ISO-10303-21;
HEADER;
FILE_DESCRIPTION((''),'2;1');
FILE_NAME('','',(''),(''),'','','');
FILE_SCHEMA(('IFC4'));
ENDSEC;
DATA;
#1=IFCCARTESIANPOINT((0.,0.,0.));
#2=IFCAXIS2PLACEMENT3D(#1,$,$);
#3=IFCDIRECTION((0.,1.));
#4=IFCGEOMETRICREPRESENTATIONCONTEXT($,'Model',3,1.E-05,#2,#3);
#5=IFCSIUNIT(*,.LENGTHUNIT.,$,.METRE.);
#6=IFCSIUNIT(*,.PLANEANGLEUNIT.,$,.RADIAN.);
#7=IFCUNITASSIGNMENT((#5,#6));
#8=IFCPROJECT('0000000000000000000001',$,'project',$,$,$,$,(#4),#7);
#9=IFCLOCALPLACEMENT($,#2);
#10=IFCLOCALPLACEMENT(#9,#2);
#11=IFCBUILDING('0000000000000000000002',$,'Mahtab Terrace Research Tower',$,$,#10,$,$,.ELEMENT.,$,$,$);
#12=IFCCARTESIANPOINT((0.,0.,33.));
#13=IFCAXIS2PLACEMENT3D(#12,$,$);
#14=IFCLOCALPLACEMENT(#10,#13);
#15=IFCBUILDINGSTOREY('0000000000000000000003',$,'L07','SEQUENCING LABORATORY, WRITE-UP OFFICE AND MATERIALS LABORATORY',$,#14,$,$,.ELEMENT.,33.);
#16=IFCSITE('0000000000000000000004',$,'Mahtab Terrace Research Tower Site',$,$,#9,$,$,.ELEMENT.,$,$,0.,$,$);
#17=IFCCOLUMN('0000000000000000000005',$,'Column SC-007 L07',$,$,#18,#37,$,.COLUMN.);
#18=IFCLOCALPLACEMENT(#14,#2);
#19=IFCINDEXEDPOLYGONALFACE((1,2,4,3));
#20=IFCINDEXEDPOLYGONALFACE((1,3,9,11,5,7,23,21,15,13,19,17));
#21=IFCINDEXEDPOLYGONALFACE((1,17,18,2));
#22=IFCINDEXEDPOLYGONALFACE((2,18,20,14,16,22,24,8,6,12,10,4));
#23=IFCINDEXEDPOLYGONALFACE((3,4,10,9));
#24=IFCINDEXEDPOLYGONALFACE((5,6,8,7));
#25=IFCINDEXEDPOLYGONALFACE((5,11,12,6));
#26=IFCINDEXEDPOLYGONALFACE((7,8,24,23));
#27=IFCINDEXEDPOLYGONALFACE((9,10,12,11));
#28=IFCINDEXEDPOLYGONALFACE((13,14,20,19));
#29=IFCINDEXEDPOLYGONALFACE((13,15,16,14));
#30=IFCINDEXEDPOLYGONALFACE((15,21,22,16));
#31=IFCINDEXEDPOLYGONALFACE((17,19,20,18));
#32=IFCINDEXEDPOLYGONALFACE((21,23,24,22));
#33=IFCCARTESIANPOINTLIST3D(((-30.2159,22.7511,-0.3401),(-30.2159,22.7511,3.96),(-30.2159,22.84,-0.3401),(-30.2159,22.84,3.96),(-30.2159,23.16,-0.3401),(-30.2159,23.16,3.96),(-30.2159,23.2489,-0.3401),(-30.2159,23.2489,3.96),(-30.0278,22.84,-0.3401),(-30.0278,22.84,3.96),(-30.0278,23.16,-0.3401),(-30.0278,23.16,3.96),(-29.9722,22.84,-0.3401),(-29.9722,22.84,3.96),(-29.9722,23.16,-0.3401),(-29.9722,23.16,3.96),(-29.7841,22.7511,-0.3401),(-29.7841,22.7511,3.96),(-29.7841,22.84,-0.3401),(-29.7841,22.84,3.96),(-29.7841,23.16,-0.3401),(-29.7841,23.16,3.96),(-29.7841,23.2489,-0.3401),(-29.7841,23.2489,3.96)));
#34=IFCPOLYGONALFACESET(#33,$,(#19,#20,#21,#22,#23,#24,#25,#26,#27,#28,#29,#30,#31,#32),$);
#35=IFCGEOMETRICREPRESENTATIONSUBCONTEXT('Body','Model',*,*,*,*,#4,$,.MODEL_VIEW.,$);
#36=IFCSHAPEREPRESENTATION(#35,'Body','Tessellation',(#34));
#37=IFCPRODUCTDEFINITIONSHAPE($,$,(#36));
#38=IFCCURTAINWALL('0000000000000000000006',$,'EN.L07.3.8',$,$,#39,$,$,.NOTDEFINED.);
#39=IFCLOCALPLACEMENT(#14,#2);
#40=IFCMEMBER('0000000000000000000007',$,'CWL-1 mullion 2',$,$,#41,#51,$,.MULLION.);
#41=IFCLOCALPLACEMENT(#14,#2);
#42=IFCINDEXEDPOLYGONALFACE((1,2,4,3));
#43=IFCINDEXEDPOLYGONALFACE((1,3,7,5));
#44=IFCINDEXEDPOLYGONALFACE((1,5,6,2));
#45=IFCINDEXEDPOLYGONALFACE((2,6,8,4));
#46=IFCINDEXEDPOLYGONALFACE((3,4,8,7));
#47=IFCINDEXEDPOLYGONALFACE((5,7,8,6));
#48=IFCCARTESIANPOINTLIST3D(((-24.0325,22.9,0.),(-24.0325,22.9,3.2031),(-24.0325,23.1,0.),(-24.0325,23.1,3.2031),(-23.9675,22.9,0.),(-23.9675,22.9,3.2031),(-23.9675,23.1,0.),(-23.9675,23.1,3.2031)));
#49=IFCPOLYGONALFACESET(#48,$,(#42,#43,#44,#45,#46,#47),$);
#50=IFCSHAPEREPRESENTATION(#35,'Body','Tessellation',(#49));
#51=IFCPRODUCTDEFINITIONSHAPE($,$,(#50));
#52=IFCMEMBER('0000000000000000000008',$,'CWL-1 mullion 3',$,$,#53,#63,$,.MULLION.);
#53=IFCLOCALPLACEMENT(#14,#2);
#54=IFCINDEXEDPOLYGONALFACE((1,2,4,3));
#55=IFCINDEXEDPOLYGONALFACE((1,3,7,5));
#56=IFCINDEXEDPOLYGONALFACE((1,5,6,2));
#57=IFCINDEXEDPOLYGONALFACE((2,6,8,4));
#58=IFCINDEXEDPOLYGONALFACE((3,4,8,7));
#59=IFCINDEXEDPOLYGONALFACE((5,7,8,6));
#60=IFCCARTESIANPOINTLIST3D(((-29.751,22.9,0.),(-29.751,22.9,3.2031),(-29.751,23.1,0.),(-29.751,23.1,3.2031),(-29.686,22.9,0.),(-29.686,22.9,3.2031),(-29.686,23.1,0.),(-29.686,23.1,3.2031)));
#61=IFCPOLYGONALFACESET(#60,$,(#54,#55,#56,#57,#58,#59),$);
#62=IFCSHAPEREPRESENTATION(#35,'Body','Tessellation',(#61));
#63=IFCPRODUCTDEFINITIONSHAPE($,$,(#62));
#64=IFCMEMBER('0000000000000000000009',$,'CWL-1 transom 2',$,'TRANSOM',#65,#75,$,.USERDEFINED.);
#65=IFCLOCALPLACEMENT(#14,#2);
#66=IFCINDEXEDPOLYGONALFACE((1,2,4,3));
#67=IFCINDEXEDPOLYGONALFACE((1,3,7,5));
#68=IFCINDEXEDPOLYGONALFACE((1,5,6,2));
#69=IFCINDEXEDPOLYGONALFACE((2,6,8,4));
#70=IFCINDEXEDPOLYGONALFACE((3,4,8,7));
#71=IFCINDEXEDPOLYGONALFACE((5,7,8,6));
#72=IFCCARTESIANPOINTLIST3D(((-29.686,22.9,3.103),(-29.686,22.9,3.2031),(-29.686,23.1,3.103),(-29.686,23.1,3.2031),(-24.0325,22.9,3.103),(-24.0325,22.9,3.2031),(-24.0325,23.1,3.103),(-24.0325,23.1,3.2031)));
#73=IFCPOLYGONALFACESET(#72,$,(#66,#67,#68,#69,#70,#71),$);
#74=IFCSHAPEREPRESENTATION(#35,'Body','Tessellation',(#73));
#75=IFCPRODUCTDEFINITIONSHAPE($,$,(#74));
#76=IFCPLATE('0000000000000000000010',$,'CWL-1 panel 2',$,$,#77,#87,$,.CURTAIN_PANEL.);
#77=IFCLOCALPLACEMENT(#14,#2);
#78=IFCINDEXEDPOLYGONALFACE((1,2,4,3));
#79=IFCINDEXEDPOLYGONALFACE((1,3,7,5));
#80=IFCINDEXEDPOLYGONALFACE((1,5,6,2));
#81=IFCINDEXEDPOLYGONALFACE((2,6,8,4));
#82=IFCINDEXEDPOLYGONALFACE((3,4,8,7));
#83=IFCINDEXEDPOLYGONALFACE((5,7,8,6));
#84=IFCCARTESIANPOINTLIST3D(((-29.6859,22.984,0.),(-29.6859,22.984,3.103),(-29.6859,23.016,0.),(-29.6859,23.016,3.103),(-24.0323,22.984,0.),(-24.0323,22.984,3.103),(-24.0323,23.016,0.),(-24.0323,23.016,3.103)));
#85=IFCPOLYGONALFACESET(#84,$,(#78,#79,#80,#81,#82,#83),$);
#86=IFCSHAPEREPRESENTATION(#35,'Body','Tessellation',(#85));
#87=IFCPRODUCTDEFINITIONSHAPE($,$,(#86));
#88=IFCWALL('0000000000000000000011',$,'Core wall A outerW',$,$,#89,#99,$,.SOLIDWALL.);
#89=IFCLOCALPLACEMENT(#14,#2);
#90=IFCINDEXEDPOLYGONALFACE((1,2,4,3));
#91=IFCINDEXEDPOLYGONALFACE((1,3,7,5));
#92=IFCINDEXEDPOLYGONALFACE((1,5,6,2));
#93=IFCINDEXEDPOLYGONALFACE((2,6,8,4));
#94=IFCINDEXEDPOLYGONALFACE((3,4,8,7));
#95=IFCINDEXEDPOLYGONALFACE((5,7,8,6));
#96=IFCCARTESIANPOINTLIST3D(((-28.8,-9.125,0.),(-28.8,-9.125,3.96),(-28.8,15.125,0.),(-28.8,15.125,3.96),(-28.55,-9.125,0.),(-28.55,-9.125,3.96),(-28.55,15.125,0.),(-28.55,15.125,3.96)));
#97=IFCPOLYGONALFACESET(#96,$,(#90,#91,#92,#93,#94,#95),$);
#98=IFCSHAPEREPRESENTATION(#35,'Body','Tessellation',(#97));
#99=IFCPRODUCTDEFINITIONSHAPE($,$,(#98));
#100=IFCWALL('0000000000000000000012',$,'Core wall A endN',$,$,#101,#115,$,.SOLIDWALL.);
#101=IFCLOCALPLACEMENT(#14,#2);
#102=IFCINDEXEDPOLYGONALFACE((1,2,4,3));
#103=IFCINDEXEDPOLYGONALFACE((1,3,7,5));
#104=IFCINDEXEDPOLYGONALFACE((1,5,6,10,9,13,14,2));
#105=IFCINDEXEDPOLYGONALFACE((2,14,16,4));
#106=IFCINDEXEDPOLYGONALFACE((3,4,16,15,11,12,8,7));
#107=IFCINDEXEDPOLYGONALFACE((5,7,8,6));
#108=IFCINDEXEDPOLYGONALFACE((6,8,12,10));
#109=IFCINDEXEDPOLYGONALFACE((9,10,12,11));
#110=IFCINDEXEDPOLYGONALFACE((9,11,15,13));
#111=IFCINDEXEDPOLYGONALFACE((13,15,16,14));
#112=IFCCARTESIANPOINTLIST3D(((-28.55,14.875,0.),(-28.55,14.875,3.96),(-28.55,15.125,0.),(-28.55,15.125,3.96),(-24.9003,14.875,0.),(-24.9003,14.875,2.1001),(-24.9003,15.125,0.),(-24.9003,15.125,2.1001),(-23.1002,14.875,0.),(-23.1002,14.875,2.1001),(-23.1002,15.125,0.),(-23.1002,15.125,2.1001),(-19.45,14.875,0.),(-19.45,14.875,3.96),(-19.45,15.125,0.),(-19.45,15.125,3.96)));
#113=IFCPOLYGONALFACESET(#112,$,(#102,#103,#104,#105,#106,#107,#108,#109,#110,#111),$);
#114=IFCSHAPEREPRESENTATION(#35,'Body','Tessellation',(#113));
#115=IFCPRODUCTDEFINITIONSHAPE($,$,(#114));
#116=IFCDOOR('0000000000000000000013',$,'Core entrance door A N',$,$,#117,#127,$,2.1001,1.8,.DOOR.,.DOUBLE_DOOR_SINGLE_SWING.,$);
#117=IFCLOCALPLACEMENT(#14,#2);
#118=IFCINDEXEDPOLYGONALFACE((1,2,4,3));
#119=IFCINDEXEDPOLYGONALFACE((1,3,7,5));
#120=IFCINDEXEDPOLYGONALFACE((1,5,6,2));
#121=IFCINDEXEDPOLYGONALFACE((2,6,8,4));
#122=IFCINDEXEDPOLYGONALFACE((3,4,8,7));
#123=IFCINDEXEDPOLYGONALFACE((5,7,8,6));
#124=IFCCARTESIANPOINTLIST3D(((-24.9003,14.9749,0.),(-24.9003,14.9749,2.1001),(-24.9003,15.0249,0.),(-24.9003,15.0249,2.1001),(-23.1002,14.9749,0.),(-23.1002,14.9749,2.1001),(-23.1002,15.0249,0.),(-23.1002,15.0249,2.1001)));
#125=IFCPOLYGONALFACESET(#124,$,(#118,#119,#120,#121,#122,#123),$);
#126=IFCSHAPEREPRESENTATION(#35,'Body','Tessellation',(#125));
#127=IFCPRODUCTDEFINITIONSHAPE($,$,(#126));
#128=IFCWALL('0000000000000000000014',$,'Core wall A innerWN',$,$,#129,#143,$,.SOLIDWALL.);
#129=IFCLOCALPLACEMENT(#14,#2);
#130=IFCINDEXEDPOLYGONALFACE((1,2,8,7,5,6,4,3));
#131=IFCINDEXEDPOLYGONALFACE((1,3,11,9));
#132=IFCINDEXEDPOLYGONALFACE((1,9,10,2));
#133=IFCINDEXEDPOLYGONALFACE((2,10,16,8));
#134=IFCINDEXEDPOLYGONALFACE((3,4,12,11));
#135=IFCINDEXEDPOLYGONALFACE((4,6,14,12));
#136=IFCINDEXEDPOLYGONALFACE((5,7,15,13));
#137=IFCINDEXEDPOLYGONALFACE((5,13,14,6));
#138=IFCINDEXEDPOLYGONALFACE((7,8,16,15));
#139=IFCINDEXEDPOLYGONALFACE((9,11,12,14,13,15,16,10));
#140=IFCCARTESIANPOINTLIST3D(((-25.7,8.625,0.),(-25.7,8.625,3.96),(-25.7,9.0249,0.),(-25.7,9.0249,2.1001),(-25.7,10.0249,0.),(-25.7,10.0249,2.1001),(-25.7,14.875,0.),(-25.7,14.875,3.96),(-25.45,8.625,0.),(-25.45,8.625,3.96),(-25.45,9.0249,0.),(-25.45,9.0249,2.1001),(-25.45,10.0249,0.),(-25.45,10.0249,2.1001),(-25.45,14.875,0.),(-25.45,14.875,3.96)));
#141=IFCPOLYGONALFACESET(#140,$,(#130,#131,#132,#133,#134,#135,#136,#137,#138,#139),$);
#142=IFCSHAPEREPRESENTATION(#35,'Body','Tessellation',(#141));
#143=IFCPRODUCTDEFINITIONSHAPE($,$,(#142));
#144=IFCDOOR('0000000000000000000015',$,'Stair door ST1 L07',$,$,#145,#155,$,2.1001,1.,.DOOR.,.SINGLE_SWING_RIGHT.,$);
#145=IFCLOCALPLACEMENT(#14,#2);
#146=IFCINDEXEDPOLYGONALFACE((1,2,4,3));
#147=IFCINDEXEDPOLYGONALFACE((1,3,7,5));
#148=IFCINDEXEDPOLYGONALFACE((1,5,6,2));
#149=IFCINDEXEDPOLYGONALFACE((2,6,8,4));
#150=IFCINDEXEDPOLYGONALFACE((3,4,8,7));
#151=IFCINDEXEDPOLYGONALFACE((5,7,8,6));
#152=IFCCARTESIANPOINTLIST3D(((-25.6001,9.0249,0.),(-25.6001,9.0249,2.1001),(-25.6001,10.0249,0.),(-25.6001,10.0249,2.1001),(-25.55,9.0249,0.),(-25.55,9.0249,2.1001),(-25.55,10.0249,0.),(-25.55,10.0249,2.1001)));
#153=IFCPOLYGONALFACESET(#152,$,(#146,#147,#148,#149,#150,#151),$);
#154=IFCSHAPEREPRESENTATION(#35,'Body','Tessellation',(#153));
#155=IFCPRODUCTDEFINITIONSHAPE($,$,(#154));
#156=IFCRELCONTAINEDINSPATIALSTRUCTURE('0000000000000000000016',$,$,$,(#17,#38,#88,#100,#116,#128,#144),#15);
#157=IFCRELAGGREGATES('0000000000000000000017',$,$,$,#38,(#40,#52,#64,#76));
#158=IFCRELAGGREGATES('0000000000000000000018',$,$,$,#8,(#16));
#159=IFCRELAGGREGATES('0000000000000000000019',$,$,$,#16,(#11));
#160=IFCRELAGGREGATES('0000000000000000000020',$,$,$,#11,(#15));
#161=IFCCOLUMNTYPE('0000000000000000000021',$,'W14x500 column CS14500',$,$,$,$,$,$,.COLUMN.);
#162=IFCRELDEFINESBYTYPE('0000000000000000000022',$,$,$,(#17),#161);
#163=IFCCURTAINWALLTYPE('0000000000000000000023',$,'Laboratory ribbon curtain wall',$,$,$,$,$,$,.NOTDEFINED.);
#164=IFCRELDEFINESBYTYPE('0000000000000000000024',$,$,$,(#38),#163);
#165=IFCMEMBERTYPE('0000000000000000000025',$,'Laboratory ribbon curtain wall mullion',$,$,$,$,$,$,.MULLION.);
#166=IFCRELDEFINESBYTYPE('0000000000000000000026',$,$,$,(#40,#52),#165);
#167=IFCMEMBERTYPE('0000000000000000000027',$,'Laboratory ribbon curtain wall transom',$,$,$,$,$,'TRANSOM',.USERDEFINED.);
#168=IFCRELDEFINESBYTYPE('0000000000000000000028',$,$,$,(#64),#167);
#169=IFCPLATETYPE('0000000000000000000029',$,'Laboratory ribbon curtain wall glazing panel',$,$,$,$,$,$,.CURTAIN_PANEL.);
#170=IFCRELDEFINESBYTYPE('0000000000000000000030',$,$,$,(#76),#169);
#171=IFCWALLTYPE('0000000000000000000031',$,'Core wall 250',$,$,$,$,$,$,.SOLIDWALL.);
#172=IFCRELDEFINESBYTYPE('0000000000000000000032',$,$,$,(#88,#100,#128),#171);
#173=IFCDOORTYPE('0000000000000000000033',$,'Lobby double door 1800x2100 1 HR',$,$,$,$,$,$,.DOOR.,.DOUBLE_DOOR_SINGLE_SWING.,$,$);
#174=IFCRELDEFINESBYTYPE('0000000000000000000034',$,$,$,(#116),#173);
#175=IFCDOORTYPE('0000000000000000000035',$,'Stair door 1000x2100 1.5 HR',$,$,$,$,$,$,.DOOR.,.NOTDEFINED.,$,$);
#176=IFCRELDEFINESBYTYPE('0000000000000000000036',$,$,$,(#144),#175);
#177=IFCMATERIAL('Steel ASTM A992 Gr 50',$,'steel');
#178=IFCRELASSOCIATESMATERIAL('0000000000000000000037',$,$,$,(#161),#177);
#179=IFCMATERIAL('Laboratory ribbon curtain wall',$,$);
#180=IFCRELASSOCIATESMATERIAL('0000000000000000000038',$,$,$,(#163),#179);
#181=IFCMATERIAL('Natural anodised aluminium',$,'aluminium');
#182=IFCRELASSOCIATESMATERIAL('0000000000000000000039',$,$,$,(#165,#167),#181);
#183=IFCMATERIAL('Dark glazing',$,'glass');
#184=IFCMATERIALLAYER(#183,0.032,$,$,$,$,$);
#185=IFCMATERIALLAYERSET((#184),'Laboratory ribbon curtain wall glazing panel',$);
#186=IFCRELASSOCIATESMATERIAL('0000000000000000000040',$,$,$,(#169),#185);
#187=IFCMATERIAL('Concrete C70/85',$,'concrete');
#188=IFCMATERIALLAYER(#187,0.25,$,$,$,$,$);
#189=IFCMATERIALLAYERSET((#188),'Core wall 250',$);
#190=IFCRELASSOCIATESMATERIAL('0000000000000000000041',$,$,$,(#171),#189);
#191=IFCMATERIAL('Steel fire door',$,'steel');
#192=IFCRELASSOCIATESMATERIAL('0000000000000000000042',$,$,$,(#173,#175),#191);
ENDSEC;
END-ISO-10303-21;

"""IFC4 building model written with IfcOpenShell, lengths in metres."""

from ifc_helpers import new_model, si_unit, direction, frame, frame_2d, origin, origin_2d, place, context, subcontext, project, spatial, rectangle, i_section, extrude, material, layer, layer_set, material_profile, profile_set, type_object, element, fill, aggregate, save


model = new_model("IFC4")

# Units and contexts
model_context = context("Model", 3, precision=1e-05, world=origin(), true_north=direction((0.0, 1.0)))
body_context = subcontext(model_context, "Body", "Model", "MODEL_VIEW")
ifc_project = project(units=[si_unit("LENGTHUNIT", "METRE"), si_unit("PLANEANGLEUNIT", "RADIAN")], contexts=[model_context])

# Site, building, storey
site_placement = place(None, origin())
site = spatial("IfcSite", under=ifc_project, at=site_placement, Name="Mahtab Terrace Research Tower Site", CompositionType="ELEMENT", RefElevation=0.0)
building_placement = place(site_placement, origin())
building = spatial("IfcBuilding", under=site, at=building_placement, Name="Mahtab Terrace Research Tower", CompositionType="ELEMENT")
storey_placement = place(building_placement, frame((0.0, 0.0, 33.0)))
storey = spatial("IfcBuildingStorey", under=building, at=storey_placement, Name="L07", Description="SEQUENCING LABORATORY, WRITE-UP OFFICE AND MATERIALS LABORATORY", CompositionType="ELEMENT", Elevation=33.0)

# Column
ifc_material_1 = material(Name="Steel ASTM A992 Gr 50", Category="steel")
ifc_material_profile_1 = material_profile(ifc_material_1, i_section(OverallWidth=0.4319, OverallDepth=0.4978, WebThickness=0.0557, FlangeThickness=0.0889, at=origin_2d()), Name="W14X500")
ifc_profile_set_1 = profile_set([ifc_material_profile_1], Name="Steel ASTM A992 Gr 50")
column_type = type_object("IfcColumnType", Name="W14x500 column CS14500", PredefinedType="COLUMN", material=ifc_profile_set_1)
column_placement = place(storey_placement, frame((-30.0, 23.0, -0.3401), z_axis=(0.0, 0.0, 1.0), x_axis=(1.0, 0.0, 0.0)))
element("IfcColumn", 1, at=column_placement, inside=storey, type_object=column_type, Name="Column SC-007 L07", PredefinedType="COLUMN", context=body_context, shape_type="SweptSolid", body=[
    extrude(i_section(OverallWidth=0.4319, OverallDepth=0.4978, WebThickness=0.0557, FlangeThickness=0.0889, at=origin_2d()), origin(), (0.0, 0.0, 1.0), 4.3),
])

# Curtain wall, members, plate
ifc_material_2 = material(Name="Laboratory ribbon curtain wall")
curtain_wall_type = type_object("IfcCurtainWallType", Name="Laboratory ribbon curtain wall", PredefinedType="NOTDEFINED", material=ifc_material_2)
curtain_wall_placement = place(storey_placement, origin())
curtain_wall = element("IfcCurtainWall", 2, at=curtain_wall_placement, inside=storey, type_object=curtain_wall_type, Name="EN.L07.3.8", PredefinedType="NOTDEFINED")
ifc_material_3 = material(Name="Natural anodised aluminium", Category="aluminium")
ifc_material_profile_2 = material_profile(ifc_material_3, rectangle(XDim=0.2, YDim=0.0649, at=origin_2d()), Name="MULLION 65x200")
ifc_profile_set_2 = profile_set([ifc_material_profile_2], Name="Natural anodised aluminium")
member_type_1 = type_object("IfcMemberType", Name="Laboratory ribbon curtain wall mullion", PredefinedType="MULLION", material=ifc_profile_set_2)
member_1_placement = place(storey_placement, frame((-24.0, 23.0, 0.0), z_axis=(0.0, 0.0, 1.0), x_axis=(0.0, -1.0, 0.0)))
member_1 = element("IfcMember", 3, at=member_1_placement, type_object=member_type_1, Name="CWL-1 mullion 2", PredefinedType="MULLION", context=body_context, shape_type="SweptSolid", body=[
    extrude(rectangle(XDim=0.2, YDim=0.0649, at=origin_2d()), origin(), (0.0, 0.0, 1.0), 3.2031),
])
member_2_placement = place(storey_placement, frame((-29.7185, 23.0, 0.0), z_axis=(0.0, 0.0, 1.0), x_axis=(0.0, -1.0, 0.0)))
member_2 = element("IfcMember", 4, at=member_2_placement, type_object=member_type_1, Name="CWL-1 mullion 3", PredefinedType="MULLION", context=body_context, shape_type="SweptSolid", body=[
    extrude(rectangle(XDim=0.2, YDim=0.0649, at=origin_2d()), origin(), (0.0, 0.0, 1.0), 3.2031),
])
ifc_material_profile_3 = material_profile(ifc_material_3, rectangle(XDim=0.2, YDim=0.1001, at=origin_2d()), Name="TRANSOM 100x200")
ifc_profile_set_3 = profile_set([ifc_material_profile_3], Name="Natural anodised aluminium")
member_type_2 = type_object("IfcMemberType", Name="Laboratory ribbon curtain wall transom", ElementType="TRANSOM", PredefinedType="USERDEFINED", material=ifc_profile_set_3)
member_3_placement = place(storey_placement, frame((-24.0325, 23.0, 3.1531), z_axis=(-1.0, 0.0, 0.0), x_axis=(0.0, -1.0, 0.0)))
member_3 = element("IfcMember", 5, at=member_3_placement, type_object=member_type_2, Name="CWL-1 transom 2", ObjectType="TRANSOM", PredefinedType="USERDEFINED", context=body_context, shape_type="SweptSolid", body=[
    extrude(rectangle(XDim=0.2, YDim=0.1001, at=origin_2d()), origin(), (0.0, 0.0, 1.0), 5.6536),
])
ifc_material_4 = material(Name="Dark glazing", Category="glass")
ifc_layer_1 = layer(ifc_material_4, 0.032)
ifc_layer_set_1 = layer_set([ifc_layer_1], Name="Laboratory ribbon curtain wall glazing panel")
plate_type = type_object("IfcPlateType", Name="Laboratory ribbon curtain wall glazing panel", PredefinedType="CURTAIN_PANEL", material=ifc_layer_set_1)
plate_placement = place(storey_placement, frame((-26.8591, 23.0, 0.0), z_axis=(0.0, 0.0, 1.0), x_axis=(-1.0, 0.0, 0.0)))
plate = element("IfcPlate", 6, at=plate_placement, type_object=plate_type, Name="CWL-1 panel 2", PredefinedType="CURTAIN_PANEL", context=body_context, shape_type="SweptSolid", body=[
    extrude(rectangle(XDim=5.6536, YDim=0.032, at=origin_2d()), origin(), (0.0, 0.0, 1.0), 3.103),
])
aggregate(curtain_wall, [member_1, member_2, member_3, plate])

# Wall
ifc_material_5 = material(Name="Concrete C70/85", Category="concrete")
ifc_layer_2 = layer(ifc_material_5, 0.25)
ifc_layer_set_2 = layer_set([ifc_layer_2], Name="Core wall 250")
wall_type_1 = type_object("IfcWallType", Name="Core wall 250", PredefinedType="SOLIDWALL", material=ifc_layer_set_2)
wall_1_placement = place(storey_placement, frame((-28.675, 15.125, 0.0), z_axis=(0.0, 0.0, 1.0), x_axis=(0.0, -1.0, 0.0)))
element("IfcWall", 7, at=wall_1_placement, inside=storey, type_object=wall_type_1, Name="Core wall A outerW", PredefinedType="SOLIDWALL", context=body_context, shape_type="SweptSolid", body=[
    extrude(rectangle(XDim=24.25, YDim=0.25, at=frame_2d((12.125, 0.0))), origin(), (0.0, 0.0, 1.0), 3.96),
])

# Walls, openings, doors
wall_2_placement = place(storey_placement, frame((-28.55, 15.0, 0.0), z_axis=(0.0, 0.0, 1.0), x_axis=(1.0, 0.0, 0.0)))
wall_2 = element("IfcWall", 8, at=wall_2_placement, inside=storey, type_object=wall_type_1, Name="Core wall A endN", PredefinedType="SOLIDWALL", context=body_context, shape_type="SweptSolid", body=[
    extrude(rectangle(XDim=9.1001, YDim=0.25, at=frame_2d((4.55, 0.0))), origin(), (0.0, 0.0, 1.0), 3.96),
])
opening_1_placement = place(wall_2_placement, frame((3.6499, 0.0, 0.0)))
opening_1 = element("IfcOpeningElement", 9, at=opening_1_placement, cuts=wall_2, PredefinedType="OPENING", context=body_context, shape_type="SweptSolid", body=[
    extrude(rectangle(XDim=1.8, YDim=2.1001, at=frame_2d((0.8999, 1.05))), frame((0.0, 0.135, 0.0), z_axis=(0.0, -1.0, 0.0), x_axis=(1.0, 0.0, 0.0)), (0.0, 0.0, 1.0), 0.27),
])
ifc_material_6 = material(Name="Steel fire door", Category="steel")
door_type_1 = type_object("IfcDoorType", Name="Lobby double door 1800x2100 1 HR", OperationType="DOUBLE_DOOR_SINGLE_SWING", PredefinedType="DOOR", material=ifc_material_6)
door_1_placement = place(opening_1_placement, origin())
door_1 = element("IfcDoor", 10, at=door_1_placement, inside=storey, type_object=door_type_1, Name="Core entrance door A N", OperationType="DOUBLE_DOOR_SINGLE_SWING", OverallHeight=2.1001, OverallWidth=1.8, PredefinedType="DOOR", context=body_context, shape_type="SweptSolid", body=[
    extrude(rectangle(XDim=1.8, YDim=2.1001, at=frame_2d((0.8999, 1.05))), frame((0.0, 0.0249, 0.0), z_axis=(0.0, -1.0, 0.0), x_axis=(1.0, 0.0, 0.0)), (0.0, 0.0, 1.0), 0.05),
])
fill(opening_1, door_1)
wall_3_placement = place(storey_placement, frame((-25.575, 14.875, 0.0), z_axis=(0.0, 0.0, 1.0), x_axis=(0.0, -1.0, 0.0)))
wall_3 = element("IfcWall", 11, at=wall_3_placement, inside=storey, type_object=wall_type_1, Name="Core wall A innerWN", PredefinedType="SOLIDWALL", context=body_context, shape_type="SweptSolid", body=[
    extrude(rectangle(XDim=6.25, YDim=0.25, at=frame_2d((3.125, 0.0))), origin(), (0.0, 0.0, 1.0), 3.96),
])
opening_2_placement = place(wall_3_placement, frame((4.8501, 0.0, 0.0)))
opening_2 = element("IfcOpeningElement", 12, at=opening_2_placement, cuts=wall_3, PredefinedType="OPENING", context=body_context, shape_type="SweptSolid", body=[
    extrude(rectangle(XDim=1.0, YDim=2.1001, at=frame_2d((0.5, 1.05))), frame((0.0, 0.135, 0.0), z_axis=(0.0, -1.0, 0.0), x_axis=(1.0, 0.0, 0.0)), (0.0, 0.0, 1.0), 0.27),
])
door_type_2 = type_object("IfcDoorType", Name="Stair door 1000x2100 1.5 HR", OperationType="NOTDEFINED", PredefinedType="DOOR", material=ifc_material_6)
door_2_placement = place(opening_2_placement, origin())
door_2 = element("IfcDoor", 13, at=door_2_placement, inside=storey, type_object=door_type_2, Name="Stair door ST1 L07", OperationType="SINGLE_SWING_RIGHT", OverallHeight=2.1001, OverallWidth=1.0, PredefinedType="DOOR", context=body_context, shape_type="SweptSolid", body=[
    extrude(rectangle(XDim=1.0, YDim=2.1001, at=frame_2d((0.5, 1.05))), frame((0.0, 0.0249, 0.0), z_axis=(0.0, -1.0, 0.0), x_axis=(1.0, 0.0, 0.0)), (0.0, 0.0, 1.0), 0.05),
])
fill(opening_2, door_2)

save(model, "model.ifc")
